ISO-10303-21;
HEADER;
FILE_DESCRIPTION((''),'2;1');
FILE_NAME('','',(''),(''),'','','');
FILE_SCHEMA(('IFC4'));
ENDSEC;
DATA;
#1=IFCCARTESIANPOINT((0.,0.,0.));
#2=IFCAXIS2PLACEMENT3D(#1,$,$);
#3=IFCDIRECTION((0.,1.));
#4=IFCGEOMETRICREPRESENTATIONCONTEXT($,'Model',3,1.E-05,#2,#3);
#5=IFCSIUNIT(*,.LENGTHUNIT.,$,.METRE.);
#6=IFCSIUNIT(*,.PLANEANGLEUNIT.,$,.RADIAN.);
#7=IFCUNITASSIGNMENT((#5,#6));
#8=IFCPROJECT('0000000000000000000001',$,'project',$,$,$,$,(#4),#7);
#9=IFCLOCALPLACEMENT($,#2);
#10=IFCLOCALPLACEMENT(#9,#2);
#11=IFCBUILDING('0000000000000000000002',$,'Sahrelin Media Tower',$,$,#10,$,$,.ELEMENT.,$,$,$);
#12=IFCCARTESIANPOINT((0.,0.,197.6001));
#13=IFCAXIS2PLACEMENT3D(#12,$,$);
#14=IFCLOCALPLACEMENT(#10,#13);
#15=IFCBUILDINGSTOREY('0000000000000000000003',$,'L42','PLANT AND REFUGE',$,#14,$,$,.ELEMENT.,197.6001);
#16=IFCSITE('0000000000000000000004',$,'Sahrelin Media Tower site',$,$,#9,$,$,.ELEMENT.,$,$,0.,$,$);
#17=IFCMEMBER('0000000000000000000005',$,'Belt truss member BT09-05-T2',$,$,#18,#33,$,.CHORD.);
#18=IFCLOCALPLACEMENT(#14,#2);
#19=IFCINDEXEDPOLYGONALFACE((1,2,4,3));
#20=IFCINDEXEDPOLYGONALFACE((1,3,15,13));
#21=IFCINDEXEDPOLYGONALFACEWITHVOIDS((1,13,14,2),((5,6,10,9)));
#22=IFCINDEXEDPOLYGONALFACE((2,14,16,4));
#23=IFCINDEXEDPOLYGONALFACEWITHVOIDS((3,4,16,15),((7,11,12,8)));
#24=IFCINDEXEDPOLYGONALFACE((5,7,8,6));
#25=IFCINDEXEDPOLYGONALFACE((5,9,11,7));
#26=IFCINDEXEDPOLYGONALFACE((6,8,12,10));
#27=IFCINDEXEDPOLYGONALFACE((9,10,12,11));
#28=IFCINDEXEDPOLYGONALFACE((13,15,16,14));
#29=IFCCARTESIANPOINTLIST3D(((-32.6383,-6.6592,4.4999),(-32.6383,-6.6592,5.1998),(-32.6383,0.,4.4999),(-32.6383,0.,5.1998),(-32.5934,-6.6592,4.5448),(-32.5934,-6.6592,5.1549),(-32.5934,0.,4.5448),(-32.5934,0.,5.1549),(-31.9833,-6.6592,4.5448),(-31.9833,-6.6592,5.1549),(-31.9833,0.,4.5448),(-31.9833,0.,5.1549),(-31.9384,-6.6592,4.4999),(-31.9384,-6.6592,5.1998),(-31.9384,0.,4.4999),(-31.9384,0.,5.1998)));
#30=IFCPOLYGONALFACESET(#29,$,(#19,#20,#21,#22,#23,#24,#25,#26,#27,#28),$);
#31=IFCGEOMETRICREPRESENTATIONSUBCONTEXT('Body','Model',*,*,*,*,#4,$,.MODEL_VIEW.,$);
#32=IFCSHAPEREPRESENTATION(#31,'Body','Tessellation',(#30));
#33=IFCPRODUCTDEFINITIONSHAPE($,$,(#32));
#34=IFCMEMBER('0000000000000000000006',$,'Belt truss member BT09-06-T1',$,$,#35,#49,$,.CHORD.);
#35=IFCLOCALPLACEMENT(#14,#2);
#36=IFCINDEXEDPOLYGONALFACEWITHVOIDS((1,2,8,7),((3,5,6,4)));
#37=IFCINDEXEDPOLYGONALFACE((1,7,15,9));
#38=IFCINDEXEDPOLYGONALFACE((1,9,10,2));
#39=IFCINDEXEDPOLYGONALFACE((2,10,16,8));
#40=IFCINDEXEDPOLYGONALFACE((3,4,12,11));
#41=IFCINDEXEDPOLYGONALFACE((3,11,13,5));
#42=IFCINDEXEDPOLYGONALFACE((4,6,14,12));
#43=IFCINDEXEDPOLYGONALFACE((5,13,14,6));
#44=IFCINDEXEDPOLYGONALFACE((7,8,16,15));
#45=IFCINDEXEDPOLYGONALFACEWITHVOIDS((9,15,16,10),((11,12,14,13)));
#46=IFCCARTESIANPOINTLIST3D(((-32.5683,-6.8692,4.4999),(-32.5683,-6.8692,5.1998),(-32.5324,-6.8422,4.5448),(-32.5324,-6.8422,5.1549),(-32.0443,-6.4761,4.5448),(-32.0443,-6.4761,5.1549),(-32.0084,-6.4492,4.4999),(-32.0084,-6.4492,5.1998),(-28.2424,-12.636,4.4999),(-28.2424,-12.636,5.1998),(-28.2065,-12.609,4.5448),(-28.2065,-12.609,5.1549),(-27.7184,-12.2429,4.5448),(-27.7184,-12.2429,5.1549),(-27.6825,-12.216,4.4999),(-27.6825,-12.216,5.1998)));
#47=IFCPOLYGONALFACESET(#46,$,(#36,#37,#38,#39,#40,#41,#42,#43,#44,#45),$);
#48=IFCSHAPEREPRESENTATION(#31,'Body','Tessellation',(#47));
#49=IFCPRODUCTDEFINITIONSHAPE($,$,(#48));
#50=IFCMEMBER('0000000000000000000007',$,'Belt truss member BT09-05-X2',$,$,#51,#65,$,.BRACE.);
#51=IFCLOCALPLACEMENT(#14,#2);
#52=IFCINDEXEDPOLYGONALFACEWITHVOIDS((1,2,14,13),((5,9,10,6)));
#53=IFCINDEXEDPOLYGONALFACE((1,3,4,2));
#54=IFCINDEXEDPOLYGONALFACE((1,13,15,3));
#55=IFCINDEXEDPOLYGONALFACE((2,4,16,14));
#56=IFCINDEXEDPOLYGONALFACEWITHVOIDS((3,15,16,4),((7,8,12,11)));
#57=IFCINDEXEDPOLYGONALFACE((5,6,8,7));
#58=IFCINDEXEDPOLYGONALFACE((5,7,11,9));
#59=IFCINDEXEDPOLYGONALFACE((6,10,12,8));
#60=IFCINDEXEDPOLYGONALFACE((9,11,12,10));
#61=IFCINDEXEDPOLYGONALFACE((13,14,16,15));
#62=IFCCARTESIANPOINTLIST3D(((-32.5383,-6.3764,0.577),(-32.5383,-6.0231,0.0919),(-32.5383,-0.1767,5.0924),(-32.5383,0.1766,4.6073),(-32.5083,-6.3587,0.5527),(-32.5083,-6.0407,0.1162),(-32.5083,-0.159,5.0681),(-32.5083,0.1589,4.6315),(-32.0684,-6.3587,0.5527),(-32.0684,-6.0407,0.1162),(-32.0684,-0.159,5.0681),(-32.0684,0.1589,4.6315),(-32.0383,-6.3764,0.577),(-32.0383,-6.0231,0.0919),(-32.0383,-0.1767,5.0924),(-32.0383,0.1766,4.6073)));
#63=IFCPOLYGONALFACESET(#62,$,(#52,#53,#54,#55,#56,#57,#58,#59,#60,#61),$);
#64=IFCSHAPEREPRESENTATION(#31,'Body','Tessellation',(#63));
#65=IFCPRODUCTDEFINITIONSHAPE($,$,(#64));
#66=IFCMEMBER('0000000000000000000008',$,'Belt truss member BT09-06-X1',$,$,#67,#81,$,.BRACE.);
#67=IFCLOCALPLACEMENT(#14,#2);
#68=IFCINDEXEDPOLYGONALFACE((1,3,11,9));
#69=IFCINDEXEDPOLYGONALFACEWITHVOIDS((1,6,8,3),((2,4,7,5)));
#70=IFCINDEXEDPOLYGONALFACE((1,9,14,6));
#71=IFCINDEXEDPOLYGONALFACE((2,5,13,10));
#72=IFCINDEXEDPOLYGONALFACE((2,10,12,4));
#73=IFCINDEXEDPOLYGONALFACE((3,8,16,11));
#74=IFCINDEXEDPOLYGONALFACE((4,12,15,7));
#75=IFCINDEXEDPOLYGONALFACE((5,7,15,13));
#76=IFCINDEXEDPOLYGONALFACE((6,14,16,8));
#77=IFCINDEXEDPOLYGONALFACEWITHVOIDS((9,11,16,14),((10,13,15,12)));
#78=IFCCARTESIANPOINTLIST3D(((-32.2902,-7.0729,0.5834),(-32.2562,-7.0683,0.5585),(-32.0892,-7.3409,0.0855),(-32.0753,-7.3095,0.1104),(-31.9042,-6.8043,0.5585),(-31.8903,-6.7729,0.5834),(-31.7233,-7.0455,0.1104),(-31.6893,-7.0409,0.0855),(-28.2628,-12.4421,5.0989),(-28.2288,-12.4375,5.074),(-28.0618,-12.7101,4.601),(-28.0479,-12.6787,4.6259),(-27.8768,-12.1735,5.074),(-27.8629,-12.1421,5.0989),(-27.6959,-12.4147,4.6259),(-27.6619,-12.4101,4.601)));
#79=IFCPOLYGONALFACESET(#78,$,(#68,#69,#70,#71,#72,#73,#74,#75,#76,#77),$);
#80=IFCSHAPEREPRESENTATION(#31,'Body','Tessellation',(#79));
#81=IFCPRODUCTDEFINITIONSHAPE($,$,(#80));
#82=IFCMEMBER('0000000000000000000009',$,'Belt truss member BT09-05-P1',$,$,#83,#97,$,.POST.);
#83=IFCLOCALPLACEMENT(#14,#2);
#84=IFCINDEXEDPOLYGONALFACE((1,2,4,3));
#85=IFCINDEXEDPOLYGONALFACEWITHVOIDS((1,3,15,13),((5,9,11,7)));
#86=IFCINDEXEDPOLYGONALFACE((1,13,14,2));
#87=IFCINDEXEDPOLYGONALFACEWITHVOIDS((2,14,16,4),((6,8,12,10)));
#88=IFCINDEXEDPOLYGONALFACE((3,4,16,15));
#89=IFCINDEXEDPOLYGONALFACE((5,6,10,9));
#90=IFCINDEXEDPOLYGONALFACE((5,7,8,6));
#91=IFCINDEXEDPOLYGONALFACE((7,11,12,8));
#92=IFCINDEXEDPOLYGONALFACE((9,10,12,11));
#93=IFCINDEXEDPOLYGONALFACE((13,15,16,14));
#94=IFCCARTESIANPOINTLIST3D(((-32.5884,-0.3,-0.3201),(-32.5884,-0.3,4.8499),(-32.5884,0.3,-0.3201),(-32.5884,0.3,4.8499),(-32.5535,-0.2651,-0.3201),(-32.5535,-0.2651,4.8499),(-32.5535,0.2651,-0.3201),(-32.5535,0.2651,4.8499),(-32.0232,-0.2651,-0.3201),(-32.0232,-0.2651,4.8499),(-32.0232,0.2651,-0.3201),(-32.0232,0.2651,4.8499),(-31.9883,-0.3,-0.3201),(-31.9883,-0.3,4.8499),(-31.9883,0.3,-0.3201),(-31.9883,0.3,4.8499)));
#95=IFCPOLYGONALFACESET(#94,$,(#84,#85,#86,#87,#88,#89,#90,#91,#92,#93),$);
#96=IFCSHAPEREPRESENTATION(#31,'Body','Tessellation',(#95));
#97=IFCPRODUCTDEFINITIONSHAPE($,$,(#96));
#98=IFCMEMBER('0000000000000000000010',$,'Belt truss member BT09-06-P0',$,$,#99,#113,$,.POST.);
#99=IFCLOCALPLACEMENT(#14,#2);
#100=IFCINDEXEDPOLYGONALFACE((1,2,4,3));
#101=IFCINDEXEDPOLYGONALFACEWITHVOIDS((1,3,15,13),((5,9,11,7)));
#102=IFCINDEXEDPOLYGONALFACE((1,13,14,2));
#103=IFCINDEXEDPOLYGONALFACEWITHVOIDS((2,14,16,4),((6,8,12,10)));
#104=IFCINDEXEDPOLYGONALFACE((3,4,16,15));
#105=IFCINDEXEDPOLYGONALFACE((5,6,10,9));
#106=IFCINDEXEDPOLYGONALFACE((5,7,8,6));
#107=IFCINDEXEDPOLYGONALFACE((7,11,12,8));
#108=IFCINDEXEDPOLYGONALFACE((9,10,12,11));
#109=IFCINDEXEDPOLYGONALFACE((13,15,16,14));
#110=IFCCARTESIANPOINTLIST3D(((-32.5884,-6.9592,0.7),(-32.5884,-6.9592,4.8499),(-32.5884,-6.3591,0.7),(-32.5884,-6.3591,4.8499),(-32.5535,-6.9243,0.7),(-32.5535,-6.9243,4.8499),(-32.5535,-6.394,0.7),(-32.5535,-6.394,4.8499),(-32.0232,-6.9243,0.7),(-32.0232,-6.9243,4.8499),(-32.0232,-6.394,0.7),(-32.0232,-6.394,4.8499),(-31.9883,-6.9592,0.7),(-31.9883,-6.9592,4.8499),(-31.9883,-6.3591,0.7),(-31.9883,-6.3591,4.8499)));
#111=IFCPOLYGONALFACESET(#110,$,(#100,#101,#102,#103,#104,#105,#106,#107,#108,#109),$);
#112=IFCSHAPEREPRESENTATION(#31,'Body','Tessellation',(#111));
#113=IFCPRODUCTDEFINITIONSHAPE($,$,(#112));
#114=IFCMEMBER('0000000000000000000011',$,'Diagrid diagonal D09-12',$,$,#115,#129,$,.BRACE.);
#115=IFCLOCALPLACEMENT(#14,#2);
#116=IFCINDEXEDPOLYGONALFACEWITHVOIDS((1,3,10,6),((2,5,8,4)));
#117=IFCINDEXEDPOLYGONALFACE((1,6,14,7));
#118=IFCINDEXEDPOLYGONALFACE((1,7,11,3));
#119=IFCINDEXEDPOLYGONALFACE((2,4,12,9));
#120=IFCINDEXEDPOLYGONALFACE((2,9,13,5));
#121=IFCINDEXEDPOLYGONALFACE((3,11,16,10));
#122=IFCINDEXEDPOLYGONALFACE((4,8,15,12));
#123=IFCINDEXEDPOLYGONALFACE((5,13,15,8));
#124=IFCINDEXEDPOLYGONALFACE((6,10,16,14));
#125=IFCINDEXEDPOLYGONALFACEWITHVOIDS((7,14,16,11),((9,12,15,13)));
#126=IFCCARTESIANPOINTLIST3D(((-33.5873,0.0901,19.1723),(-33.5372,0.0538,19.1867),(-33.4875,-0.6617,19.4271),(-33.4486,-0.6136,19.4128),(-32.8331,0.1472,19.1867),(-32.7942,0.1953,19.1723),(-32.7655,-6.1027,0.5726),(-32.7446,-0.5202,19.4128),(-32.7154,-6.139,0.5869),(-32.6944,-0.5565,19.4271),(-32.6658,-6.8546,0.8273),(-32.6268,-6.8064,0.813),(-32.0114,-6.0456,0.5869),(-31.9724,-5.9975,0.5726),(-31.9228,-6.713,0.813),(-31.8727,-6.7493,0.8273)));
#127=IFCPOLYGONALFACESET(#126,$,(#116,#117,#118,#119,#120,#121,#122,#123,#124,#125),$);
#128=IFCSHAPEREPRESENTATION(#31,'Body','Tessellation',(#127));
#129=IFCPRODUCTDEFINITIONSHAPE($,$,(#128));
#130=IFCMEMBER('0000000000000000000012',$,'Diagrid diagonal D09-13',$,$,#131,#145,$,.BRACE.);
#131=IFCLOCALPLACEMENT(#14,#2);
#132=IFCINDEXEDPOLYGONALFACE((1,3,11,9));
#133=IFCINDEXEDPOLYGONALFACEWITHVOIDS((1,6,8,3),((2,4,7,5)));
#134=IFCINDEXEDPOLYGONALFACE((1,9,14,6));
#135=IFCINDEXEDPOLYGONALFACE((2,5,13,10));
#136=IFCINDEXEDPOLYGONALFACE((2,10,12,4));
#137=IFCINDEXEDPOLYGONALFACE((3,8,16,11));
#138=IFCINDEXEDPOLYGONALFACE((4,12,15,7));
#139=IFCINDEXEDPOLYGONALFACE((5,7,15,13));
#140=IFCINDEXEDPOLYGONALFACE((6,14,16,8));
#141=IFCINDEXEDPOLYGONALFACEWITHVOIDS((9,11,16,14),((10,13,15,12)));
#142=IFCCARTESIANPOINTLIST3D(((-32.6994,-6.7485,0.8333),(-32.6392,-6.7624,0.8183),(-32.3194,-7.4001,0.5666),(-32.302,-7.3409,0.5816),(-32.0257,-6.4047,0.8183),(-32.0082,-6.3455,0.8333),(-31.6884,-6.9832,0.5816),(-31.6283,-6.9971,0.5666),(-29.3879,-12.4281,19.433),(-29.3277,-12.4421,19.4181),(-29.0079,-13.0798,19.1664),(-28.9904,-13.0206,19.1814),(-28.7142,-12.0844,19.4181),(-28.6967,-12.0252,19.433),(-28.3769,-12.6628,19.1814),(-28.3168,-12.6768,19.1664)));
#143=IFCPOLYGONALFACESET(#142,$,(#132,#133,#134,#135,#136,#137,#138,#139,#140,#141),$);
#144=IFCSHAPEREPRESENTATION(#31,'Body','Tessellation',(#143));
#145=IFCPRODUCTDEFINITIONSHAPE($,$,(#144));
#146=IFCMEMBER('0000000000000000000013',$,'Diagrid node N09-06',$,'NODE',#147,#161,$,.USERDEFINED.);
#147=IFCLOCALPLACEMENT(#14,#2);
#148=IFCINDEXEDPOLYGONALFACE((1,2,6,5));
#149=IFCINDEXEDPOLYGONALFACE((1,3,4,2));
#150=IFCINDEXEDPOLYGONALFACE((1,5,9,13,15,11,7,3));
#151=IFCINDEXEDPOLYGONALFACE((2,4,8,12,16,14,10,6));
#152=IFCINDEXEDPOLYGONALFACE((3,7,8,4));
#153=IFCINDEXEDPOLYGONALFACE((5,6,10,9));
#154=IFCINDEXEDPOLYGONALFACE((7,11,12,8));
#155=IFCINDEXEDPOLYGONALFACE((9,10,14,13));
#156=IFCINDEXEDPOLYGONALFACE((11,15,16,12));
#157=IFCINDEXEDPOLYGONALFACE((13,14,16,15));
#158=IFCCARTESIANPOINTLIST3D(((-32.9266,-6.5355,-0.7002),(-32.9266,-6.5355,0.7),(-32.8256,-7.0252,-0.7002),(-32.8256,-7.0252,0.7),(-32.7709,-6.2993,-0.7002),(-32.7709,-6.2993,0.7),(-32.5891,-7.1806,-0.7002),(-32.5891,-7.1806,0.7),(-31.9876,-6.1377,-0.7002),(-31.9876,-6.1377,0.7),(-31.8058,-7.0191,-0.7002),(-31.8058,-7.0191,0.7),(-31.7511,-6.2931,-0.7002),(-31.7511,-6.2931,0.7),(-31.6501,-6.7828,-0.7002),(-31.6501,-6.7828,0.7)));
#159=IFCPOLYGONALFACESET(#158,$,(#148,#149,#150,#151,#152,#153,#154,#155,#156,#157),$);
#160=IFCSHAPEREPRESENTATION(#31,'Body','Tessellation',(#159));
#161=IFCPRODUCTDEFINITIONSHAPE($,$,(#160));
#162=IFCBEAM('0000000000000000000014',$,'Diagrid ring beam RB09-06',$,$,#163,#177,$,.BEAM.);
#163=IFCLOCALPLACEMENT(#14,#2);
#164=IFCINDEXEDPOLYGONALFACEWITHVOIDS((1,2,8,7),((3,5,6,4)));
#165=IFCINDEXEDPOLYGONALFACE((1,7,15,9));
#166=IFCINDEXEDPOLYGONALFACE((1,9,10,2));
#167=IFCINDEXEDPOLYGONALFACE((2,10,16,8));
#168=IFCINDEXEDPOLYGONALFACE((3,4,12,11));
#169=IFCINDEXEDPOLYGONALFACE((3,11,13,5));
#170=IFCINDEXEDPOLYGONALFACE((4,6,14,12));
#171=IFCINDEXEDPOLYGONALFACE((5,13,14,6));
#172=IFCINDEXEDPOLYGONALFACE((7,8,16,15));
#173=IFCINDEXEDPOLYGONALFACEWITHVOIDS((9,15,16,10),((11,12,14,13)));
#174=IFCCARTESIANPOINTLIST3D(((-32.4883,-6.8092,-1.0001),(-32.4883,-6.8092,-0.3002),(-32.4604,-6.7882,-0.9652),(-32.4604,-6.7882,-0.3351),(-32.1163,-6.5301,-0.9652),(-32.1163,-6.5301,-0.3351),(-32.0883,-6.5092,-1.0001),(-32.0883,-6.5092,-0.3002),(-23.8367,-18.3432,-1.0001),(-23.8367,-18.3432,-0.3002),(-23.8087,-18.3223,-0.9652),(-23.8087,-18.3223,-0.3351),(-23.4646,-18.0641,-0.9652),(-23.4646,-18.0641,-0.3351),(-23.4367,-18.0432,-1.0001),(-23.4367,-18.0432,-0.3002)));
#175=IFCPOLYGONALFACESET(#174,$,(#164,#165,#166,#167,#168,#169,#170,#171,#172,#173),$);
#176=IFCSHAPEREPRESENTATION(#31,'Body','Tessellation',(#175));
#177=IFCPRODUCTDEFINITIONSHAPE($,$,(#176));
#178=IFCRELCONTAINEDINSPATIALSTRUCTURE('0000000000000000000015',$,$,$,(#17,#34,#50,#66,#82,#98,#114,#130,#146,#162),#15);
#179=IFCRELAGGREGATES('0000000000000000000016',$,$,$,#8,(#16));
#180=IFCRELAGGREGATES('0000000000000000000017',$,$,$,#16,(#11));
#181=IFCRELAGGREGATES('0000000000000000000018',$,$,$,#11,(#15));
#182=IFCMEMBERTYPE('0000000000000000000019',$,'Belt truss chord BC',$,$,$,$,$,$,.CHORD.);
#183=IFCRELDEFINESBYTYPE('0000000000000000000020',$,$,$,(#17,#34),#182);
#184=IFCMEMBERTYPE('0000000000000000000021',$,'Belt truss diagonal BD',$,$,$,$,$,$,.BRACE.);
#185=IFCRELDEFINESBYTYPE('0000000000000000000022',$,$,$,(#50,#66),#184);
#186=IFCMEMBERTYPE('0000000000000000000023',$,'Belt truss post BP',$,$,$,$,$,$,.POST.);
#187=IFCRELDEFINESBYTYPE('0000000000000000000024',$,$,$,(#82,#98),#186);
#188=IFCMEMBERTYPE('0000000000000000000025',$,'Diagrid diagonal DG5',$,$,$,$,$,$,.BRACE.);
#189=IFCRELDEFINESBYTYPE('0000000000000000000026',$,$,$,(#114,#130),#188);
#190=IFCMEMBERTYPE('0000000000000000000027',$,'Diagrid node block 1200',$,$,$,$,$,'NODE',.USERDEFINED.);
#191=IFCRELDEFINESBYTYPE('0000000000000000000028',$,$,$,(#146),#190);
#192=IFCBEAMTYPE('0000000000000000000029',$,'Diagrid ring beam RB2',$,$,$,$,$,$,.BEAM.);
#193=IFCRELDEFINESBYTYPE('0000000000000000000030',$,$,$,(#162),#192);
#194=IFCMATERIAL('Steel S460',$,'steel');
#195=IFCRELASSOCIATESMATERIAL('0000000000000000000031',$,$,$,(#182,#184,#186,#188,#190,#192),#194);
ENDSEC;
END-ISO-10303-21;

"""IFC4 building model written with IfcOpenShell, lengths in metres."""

from ifc_helpers import new_model, si_unit, direction, frame, origin, origin_2d, place, context, subcontext, project, spatial, polyline, hollow_rectangle, outline, extrude, material, material_profile, profile_set, type_object, element, save


model = new_model("IFC4")

# Units and contexts
model_context = context("Model", 3, precision=1e-05, world=origin(), true_north=direction((0.0, 1.0)))
body_context = subcontext(model_context, "Body", "Model", "MODEL_VIEW")
ifc_project = project(units=[si_unit("LENGTHUNIT", "METRE"), si_unit("PLANEANGLEUNIT", "RADIAN")], contexts=[model_context])

# Site, building, storey
site_placement = place(None, origin())
site = spatial("IfcSite", under=ifc_project, at=site_placement, Name="Sahrelin Media Tower site", CompositionType="ELEMENT", RefElevation=0.0)
building_placement = place(site_placement, origin())
building = spatial("IfcBuilding", under=site, at=building_placement, Name="Sahrelin Media Tower", CompositionType="ELEMENT")
storey_placement = place(building_placement, frame((0.0, 0.0, 197.6001)))
storey = spatial("IfcBuildingStorey", under=building, at=storey_placement, Name="L42", Description="PLANT AND REFUGE", CompositionType="ELEMENT", Elevation=197.6001)

# Members
ifc_material_1 = material(Name="Steel S460", Category="steel")
ifc_material_profile_1 = material_profile(ifc_material_1, hollow_rectangle(XDim=0.7, YDim=0.7, WallThickness=0.0449, at=origin_2d()), Name="Belt truss chord BC")
ifc_profile_set_1 = profile_set([ifc_material_profile_1], Name="Steel S460")
member_type_1 = type_object("IfcMemberType", Name="Belt truss chord BC", PredefinedType="CHORD", material=ifc_profile_set_1)
member_1_placement = place(storey_placement, frame((-32.2883, 0.0, 4.8499), z_axis=(0.0, -1.0, 0.0), x_axis=(1.0, 0.0, 0.0)))
element("IfcMember", 1, at=member_1_placement, inside=storey, type_object=member_type_1, Name="Belt truss member BT09-05-T2", PredefinedType="CHORD", context=body_context, shape_type="SweptSolid", body=[
    extrude(hollow_rectangle(XDim=0.7, YDim=0.7, WallThickness=0.0449, at=origin_2d()), origin(), (0.0, 0.0, 1.0), 6.6592),
])
member_2_placement = place(storey_placement, frame((-32.2883, -6.6592, 4.8499), z_axis=(0.60007, -0.799947, 0.0), x_axis=(0.799947, 0.60007, 0.0)))
element("IfcMember", 2, at=member_2_placement, inside=storey, type_object=member_type_1, Name="Belt truss member BT09-06-T1", PredefinedType="CHORD", context=body_context, shape_type="SweptSolid", body=[
    extrude(hollow_rectangle(XDim=0.7, YDim=0.7, WallThickness=0.0449, at=origin_2d()), origin(), (0.0, 0.0, 1.0), 7.209),
])
ifc_material_profile_2 = material_profile(ifc_material_1, hollow_rectangle(XDim=0.5, YDim=0.6001, WallThickness=0.03, at=origin_2d()), Name="Belt truss diagonal BD")
ifc_profile_set_2 = profile_set([ifc_material_profile_2], Name="Steel S460")
member_type_2 = type_object("IfcMemberType", Name="Belt truss diagonal BD", PredefinedType="BRACE", material=ifc_profile_set_2)
member_3_placement = place(storey_placement, frame((-32.2883, -6.1997, 0.3345), z_axis=(0.0, 0.808333, 0.588726), x_axis=(-1.0, 0.0, 0.0)))
element("IfcMember", 3, at=member_3_placement, inside=storey, type_object=member_type_2, Name="Belt truss member BT09-05-X2", PredefinedType="BRACE", context=body_context, shape_type="SweptSolid", body=[
    extrude(hollow_rectangle(XDim=0.5, YDim=0.6001, WallThickness=0.03, at=origin_2d()), origin(), (0.0, 0.0, 1.0), 7.6697),
])
member_4_placement = place(storey_placement, frame((-31.9897, -7.0569, 0.3345), z_axis=(0.497864, -0.663738, 0.558196), x_axis=(0.799965, 0.600047, 0.0)))
element("IfcMember", 4, at=member_4_placement, inside=storey, type_object=member_type_2, Name="Belt truss member BT09-06-X1", PredefinedType="BRACE", context=body_context, shape_type="SweptSolid", body=[
    extrude(hollow_rectangle(XDim=0.5, YDim=0.6001, WallThickness=0.03, at=origin_2d()), origin(), (0.0, 0.0, 1.0), 8.0894),
])
ifc_material_profile_3 = material_profile(ifc_material_1, hollow_rectangle(XDim=0.6001, YDim=0.6001, WallThickness=0.0349, at=origin_2d()), Name="Belt truss post BP")
ifc_profile_set_3 = profile_set([ifc_material_profile_3], Name="Steel S460")
member_type_3 = type_object("IfcMemberType", Name="Belt truss post BP", PredefinedType="POST", material=ifc_profile_set_3)
member_5_placement = place(storey_placement, frame((-32.2883, 0.0, -0.3201), z_axis=(0.0, 0.0, 1.0), x_axis=(1.0, 0.0, 0.0)))
element("IfcMember", 5, at=member_5_placement, inside=storey, type_object=member_type_3, Name="Belt truss member BT09-05-P1", PredefinedType="POST", context=body_context, shape_type="SweptSolid", body=[
    extrude(hollow_rectangle(XDim=0.6001, YDim=0.6001, WallThickness=0.0349, at=origin_2d()), origin(), (0.0, 0.0, 1.0), 5.1699),
])
member_6_placement = place(storey_placement, frame((-32.2883, -6.6592, 0.7), z_axis=(0.0, 0.0, 1.0), x_axis=(1.0, 0.0, 0.0)))
element("IfcMember", 6, at=member_6_placement, inside=storey, type_object=member_type_3, Name="Belt truss member BT09-06-P0", PredefinedType="POST", context=body_context, shape_type="SweptSolid", body=[
    extrude(hollow_rectangle(XDim=0.6001, YDim=0.6001, WallThickness=0.0349, at=origin_2d()), origin(), (0.0, 0.0, 1.0), 4.1499),
])
ifc_material_profile_4 = material_profile(ifc_material_1, hollow_rectangle(XDim=0.8, YDim=0.8, WallThickness=0.0449, at=origin_2d()), Name="Diagrid diagonal DG5")
ifc_profile_set_4 = profile_set([ifc_material_profile_4], Name="Steel S460")
member_type_4 = type_object("IfcMemberType", Name="Diagrid diagonal DG5", PredefinedType="BRACE", material=ifc_profile_set_4)
member_7_placement = place(storey_placement, frame((-32.3191, -6.426, 0.7), z_axis=(-0.041883, 0.315626, 0.947959), x_axis=(-0.99131, -0.131544, 0.0)))
element("IfcMember", 7, at=member_7_placement, inside=storey, type_object=member_type_4, Name="Diagrid diagonal D09-12", PredefinedType="BRACE", context=body_context, shape_type="SweptSolid", body=[
    extrude(hollow_rectangle(XDim=0.8, YDim=0.8, WallThickness=0.0449, at=origin_2d()), origin(), (0.0, 0.0, 1.0), 19.6208),
])
member_8_placement = place(storey_placement, frame((-32.1638, -6.8728, 0.7), z_axis=(0.167862, -0.287905, 0.942832), x_axis=(0.863887, 0.503686, 0.0)))
element("IfcMember", 8, at=member_8_placement, inside=storey, type_object=member_type_4, Name="Diagrid diagonal D09-13", PredefinedType="BRACE", context=body_context, shape_type="SweptSolid", body=[
    extrude(hollow_rectangle(XDim=0.8, YDim=0.8, WallThickness=0.0449, at=origin_2d()), origin(), (0.0, 0.0, 1.0), 19.7275),
])
ifc_material_profile_5 = material_profile(ifc_material_1, outline(polyline([(0.3999, -0.45), (0.6001, -0.25), (0.6001, 0.25), (0.3999, 0.45), (-0.3999, 0.45), (-0.6001, 0.25), (-0.6001, -0.25), (-0.3999, -0.45), (0.3999, -0.45)])), Name="Diagrid node block 1200")
ifc_profile_set_5 = profile_set([ifc_material_profile_5], Name="Steel S460")
member_type_5 = type_object("IfcMemberType", Name="Diagrid node block 1200", ElementType="NODE", PredefinedType="USERDEFINED", material=ifc_profile_set_5)
member_9_placement = place(storey_placement, frame((-32.2883, -6.6592, -0.7002), z_axis=(0.0, 0.0, 1.0), x_axis=(-0.979388, -0.201987, 0.0)))
element("IfcMember", 9, at=member_9_placement, inside=storey, type_object=member_type_5, Name="Diagrid node N09-06", ObjectType="NODE", PredefinedType="USERDEFINED", context=body_context, shape_type="SweptSolid", body=[
    extrude(outline(polyline([(0.3999, -0.45), (0.6001, -0.25), (0.6001, 0.25), (0.3999, 0.45), (-0.3999, 0.45), (-0.6001, 0.25), (-0.6001, -0.25), (-0.3999, -0.45), (0.3999, -0.45)])), origin(), (0.0, 0.0, 1.0), 1.4001),
])

# Beam
ifc_material_profile_6 = material_profile(ifc_material_1, hollow_rectangle(XDim=0.5, YDim=0.7, WallThickness=0.0349, at=origin_2d()), Name="Diagrid ring beam RB2")
ifc_profile_set_6 = profile_set([ifc_material_profile_6], Name="Steel S460")
beam_type_1 = type_object("IfcBeamType", Name="Diagrid ring beam RB2", PredefinedType="BEAM", material=ifc_profile_set_6)
beam_1_placement = place(storey_placement, frame((-32.2883, -6.6592, -0.6501), z_axis=(0.600051, -0.799961, 0.0), x_axis=(0.799961, 0.600051, 0.0)))
element("IfcBeam", 10, at=beam_1_placement, inside=storey, type_object=beam_type_1, Name="Diagrid ring beam RB09-06", PredefinedType="BEAM", context=body_context, shape_type="SweptSolid", body=[
    extrude(hollow_rectangle(XDim=0.5, YDim=0.7, WallThickness=0.0349, at=origin_2d()), origin(), (0.0, 0.0, 1.0), 14.4182),
])

save(model, "model.ifc")
